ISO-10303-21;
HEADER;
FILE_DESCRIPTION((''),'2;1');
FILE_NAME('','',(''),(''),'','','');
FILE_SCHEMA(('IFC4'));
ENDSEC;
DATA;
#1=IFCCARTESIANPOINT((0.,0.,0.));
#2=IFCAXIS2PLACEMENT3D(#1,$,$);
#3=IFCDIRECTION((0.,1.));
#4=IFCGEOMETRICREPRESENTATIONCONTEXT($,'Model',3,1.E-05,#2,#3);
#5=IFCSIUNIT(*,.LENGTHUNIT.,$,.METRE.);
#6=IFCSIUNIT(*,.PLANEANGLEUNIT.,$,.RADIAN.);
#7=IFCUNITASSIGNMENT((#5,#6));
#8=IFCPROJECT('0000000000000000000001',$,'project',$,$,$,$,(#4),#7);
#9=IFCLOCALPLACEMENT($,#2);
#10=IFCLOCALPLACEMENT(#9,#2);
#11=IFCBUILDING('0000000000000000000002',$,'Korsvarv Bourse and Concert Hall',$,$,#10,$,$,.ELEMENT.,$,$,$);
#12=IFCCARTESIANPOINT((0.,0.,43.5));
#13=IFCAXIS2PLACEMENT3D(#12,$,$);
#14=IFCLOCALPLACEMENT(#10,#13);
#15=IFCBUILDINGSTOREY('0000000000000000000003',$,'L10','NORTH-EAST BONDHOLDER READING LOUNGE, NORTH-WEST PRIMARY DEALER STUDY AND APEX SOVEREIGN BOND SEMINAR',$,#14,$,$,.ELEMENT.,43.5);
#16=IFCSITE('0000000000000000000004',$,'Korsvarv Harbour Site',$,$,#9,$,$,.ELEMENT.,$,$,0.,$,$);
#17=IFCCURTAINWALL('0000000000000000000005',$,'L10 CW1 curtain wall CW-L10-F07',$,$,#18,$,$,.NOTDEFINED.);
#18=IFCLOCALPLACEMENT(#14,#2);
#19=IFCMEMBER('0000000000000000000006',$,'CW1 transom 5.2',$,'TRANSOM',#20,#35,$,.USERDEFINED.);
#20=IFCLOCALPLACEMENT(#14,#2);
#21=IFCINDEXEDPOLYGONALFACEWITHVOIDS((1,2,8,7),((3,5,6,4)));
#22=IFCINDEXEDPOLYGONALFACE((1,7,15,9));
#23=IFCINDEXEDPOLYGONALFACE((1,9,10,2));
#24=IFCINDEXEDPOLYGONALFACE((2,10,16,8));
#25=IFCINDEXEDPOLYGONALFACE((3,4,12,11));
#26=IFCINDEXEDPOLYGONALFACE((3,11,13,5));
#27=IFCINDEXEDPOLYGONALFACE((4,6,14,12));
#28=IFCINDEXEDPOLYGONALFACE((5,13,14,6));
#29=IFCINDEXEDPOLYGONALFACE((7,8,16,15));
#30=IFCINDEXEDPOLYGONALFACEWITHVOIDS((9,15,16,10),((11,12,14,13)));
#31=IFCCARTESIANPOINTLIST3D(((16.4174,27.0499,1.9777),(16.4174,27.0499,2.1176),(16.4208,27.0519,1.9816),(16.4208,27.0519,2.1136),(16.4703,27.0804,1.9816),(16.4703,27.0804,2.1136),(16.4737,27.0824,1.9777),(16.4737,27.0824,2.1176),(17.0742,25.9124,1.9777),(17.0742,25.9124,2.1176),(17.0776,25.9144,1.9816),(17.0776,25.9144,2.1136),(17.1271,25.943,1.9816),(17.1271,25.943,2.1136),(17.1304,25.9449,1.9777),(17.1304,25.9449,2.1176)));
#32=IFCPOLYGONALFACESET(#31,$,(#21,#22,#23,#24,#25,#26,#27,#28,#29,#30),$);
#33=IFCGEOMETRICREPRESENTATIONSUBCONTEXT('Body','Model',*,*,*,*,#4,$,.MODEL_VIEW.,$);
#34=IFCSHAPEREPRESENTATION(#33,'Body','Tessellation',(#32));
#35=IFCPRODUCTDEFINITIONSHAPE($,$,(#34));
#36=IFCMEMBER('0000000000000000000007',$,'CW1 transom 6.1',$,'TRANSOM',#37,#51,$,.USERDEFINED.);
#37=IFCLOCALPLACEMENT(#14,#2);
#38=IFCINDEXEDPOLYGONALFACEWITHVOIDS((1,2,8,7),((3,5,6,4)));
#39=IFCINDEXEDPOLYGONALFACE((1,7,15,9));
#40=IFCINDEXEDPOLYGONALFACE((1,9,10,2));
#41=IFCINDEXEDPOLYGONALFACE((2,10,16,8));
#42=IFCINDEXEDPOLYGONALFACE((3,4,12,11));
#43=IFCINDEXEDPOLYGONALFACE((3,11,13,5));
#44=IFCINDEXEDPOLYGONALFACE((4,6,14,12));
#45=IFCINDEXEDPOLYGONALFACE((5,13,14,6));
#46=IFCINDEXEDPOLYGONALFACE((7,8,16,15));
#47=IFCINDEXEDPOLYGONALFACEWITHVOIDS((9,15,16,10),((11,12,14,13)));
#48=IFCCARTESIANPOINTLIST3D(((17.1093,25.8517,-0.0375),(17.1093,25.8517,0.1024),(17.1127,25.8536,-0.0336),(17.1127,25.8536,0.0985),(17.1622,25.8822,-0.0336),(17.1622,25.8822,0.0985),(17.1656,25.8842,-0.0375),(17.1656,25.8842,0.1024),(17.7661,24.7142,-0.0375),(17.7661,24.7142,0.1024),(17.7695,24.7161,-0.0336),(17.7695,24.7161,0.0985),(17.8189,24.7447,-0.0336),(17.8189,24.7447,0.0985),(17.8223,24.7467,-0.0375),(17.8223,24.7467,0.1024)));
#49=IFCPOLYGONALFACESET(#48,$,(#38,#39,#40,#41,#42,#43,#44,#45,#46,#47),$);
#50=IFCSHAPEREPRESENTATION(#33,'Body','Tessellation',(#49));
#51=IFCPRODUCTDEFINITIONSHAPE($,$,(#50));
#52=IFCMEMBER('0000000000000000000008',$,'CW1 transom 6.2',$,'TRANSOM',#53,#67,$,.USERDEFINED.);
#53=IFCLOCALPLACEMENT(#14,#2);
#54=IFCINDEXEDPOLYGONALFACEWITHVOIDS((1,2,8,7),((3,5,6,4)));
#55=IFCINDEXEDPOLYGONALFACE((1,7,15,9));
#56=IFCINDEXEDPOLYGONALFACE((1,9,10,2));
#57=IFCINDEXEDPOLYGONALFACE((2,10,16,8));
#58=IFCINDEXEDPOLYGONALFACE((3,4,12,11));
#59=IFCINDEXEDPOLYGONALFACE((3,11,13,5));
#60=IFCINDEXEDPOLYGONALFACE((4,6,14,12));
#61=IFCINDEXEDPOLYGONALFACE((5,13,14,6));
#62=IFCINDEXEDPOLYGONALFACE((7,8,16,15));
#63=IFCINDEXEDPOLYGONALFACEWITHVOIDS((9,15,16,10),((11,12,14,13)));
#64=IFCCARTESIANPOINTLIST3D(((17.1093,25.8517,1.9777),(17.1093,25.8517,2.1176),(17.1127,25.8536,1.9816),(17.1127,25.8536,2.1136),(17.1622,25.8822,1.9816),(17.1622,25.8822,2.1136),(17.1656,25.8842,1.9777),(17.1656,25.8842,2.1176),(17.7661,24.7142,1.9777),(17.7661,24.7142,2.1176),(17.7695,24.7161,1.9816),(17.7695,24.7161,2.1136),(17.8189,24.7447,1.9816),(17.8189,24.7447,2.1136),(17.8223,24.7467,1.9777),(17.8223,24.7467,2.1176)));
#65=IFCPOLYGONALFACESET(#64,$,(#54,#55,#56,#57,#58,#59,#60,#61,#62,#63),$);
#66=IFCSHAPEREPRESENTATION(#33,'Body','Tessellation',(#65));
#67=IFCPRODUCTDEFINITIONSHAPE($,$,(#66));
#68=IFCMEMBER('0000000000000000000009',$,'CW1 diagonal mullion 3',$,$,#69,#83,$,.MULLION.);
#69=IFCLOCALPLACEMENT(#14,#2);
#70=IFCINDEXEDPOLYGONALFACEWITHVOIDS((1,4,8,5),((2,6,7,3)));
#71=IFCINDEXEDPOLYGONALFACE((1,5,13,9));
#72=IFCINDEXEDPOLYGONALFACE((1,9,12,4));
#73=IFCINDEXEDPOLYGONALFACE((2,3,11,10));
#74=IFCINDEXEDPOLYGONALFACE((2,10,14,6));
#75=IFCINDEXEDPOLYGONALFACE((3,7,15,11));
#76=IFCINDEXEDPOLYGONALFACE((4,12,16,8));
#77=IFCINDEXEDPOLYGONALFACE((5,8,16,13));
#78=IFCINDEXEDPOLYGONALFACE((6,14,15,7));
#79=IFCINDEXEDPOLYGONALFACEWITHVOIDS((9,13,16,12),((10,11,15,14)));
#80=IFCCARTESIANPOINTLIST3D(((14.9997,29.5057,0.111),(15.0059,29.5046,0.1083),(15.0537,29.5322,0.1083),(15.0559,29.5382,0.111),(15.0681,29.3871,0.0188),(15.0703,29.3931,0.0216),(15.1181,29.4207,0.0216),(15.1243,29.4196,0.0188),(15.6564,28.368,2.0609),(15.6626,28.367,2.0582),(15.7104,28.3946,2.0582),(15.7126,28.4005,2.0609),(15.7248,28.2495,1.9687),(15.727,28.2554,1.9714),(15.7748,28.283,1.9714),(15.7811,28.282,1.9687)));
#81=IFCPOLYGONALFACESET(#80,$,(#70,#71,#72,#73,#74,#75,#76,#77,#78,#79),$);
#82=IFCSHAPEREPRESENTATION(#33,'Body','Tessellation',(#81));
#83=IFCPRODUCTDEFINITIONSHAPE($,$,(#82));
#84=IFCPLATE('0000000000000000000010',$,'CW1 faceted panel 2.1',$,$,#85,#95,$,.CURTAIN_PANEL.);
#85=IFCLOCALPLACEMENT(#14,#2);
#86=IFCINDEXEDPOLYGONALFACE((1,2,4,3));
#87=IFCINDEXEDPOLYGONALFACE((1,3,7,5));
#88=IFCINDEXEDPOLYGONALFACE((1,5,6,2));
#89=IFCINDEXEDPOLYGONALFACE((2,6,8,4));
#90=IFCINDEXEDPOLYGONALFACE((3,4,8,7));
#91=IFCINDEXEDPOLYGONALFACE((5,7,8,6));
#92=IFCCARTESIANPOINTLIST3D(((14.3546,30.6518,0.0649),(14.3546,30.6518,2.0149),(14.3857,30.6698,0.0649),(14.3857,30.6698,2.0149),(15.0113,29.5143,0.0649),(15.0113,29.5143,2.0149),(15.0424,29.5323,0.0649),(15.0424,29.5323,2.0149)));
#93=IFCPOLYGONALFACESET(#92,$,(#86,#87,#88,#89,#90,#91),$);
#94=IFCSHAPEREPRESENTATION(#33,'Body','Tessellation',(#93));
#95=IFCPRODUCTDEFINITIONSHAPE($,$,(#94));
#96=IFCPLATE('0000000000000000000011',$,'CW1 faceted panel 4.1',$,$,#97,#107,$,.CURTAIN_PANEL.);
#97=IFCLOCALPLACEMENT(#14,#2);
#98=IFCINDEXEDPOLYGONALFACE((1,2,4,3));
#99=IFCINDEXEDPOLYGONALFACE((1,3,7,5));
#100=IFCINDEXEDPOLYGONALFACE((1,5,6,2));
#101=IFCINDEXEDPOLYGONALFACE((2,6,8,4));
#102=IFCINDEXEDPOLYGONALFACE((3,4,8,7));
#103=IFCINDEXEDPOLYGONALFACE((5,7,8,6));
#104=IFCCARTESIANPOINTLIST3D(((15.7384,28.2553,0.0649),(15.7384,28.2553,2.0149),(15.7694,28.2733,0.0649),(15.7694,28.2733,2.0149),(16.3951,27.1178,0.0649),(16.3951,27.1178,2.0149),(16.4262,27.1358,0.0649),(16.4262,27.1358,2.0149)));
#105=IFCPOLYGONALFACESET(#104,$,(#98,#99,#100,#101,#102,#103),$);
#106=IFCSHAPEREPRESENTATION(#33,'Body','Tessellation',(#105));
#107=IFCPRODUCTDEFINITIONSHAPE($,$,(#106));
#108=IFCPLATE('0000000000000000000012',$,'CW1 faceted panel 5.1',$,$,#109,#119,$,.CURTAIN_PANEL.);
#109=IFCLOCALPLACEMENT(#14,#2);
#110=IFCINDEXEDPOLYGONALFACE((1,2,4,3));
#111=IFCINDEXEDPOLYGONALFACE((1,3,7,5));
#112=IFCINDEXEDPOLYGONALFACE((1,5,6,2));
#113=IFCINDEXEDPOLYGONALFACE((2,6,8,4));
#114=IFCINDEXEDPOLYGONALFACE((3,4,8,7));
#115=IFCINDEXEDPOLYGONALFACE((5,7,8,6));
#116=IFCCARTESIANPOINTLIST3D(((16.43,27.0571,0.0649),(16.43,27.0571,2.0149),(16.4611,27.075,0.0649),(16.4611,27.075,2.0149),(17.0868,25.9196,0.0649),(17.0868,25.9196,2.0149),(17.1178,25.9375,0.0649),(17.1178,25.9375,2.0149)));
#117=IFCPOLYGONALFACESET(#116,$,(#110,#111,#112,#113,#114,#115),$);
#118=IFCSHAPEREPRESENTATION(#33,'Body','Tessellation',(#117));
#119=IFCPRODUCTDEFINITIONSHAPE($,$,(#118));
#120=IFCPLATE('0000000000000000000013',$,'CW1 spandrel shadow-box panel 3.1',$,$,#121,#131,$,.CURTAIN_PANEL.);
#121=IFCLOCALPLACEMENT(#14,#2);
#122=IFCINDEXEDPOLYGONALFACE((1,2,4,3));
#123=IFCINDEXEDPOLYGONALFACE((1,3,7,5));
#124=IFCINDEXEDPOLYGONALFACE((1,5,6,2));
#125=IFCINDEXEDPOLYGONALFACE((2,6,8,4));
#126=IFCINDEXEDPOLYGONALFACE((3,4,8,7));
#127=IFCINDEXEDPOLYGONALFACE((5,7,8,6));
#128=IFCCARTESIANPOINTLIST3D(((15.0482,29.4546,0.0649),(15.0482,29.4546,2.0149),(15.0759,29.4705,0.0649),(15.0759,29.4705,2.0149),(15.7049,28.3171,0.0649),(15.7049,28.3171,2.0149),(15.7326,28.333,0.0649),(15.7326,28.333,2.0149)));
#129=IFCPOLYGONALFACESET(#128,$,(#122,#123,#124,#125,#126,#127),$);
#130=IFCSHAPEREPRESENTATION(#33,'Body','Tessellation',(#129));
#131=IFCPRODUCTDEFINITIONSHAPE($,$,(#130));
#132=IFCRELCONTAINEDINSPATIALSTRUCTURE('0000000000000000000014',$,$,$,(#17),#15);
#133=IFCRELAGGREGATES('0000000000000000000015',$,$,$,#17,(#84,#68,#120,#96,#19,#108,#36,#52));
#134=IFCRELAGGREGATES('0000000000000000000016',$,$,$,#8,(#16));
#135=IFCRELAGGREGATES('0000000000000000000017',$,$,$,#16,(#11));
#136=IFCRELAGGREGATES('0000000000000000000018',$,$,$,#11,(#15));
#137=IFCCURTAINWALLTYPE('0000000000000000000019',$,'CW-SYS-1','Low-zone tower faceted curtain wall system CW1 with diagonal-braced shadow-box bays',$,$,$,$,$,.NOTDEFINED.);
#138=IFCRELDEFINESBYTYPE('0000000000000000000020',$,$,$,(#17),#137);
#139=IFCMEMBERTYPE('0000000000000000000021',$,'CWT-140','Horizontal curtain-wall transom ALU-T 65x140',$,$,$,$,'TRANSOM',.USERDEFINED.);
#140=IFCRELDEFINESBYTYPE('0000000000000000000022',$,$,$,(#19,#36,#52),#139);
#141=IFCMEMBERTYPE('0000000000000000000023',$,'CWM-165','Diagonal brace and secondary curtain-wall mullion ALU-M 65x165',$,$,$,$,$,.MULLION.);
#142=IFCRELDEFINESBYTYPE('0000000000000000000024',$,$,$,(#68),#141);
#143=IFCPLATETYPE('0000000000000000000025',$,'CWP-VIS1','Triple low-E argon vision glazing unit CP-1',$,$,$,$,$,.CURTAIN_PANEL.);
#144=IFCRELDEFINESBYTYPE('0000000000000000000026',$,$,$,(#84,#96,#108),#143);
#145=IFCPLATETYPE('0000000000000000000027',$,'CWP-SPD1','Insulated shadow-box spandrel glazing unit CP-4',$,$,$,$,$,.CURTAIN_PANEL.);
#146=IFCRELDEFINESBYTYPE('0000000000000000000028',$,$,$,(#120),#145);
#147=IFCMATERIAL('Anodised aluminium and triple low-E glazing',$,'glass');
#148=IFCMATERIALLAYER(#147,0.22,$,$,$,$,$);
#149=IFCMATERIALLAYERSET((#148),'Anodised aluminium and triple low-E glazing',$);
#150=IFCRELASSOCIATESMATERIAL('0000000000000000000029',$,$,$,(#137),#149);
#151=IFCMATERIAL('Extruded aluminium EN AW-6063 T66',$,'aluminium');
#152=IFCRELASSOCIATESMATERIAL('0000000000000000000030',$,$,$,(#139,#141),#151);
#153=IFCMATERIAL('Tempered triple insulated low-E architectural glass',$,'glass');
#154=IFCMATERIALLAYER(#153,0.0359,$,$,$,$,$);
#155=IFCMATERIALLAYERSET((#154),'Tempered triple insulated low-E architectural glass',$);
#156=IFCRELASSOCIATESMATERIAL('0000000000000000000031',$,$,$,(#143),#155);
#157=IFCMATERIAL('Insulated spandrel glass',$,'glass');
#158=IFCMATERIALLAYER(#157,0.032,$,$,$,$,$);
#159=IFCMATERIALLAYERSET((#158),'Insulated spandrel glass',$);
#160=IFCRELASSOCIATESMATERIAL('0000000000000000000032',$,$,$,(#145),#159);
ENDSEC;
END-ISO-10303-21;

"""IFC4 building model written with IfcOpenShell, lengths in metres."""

from ifc_helpers import new_model, si_unit, direction, frame, origin, origin_2d, place, context, subcontext, project, spatial, rectangle, hollow_rectangle, extrude, source, transform, mapped, material, layer, layer_set, material_profile, profile_set, type_object, element, aggregate, save


model = new_model("IFC4")

# Units and contexts
model_context = context("Model", 3, precision=1e-05, world=origin(), true_north=direction((0.0, 1.0)))
body_context = subcontext(model_context, "Body", "Model", "MODEL_VIEW")
ifc_project = project(units=[si_unit("LENGTHUNIT", "METRE"), si_unit("PLANEANGLEUNIT", "RADIAN")], contexts=[model_context])

# Site, building, storey
site_placement = place(None, origin())
site = spatial("IfcSite", under=ifc_project, at=site_placement, Name="Korsvarv Harbour Site", CompositionType="ELEMENT", RefElevation=0.0)
building_placement = place(site_placement, origin())
building = spatial("IfcBuilding", under=site, at=building_placement, Name="Korsvarv Bourse and Concert Hall", CompositionType="ELEMENT")
storey_placement = place(building_placement, frame((0.0, 0.0, 43.5)))
storey = spatial("IfcBuildingStorey", under=building, at=storey_placement, Name="L10", Description="NORTH-EAST BONDHOLDER READING LOUNGE, NORTH-WEST PRIMARY DEALER STUDY AND APEX SOVEREIGN BOND SEMINAR", CompositionType="ELEMENT", Elevation=43.5)

# Curtain wall, members, plates
ifc_material_1 = material(Name="Anodised aluminium and triple low-E glazing", Category="glass")
ifc_layer_1 = layer(ifc_material_1, 0.22)
ifc_layer_set_1 = layer_set([ifc_layer_1], Name="Anodised aluminium and triple low-E glazing")
curtain_wall_type = type_object("IfcCurtainWallType", Name="CW-SYS-1", Description="Low-zone tower faceted curtain wall system CW1 with diagonal-braced shadow-box bays", PredefinedType="NOTDEFINED", material=ifc_layer_set_1)
curtain_wall_placement = place(storey_placement, origin())
curtain_wall = element("IfcCurtainWall", 1, at=curtain_wall_placement, inside=storey, type_object=curtain_wall_type, Name="L10 CW1 curtain wall CW-L10-F07", PredefinedType="NOTDEFINED")
ifc_material_2 = material(Name="Extruded aluminium EN AW-6063 T66", Category="aluminium")
ifc_material_profile_1 = material_profile(ifc_material_2, hollow_rectangle(XDim=0.0649, YDim=0.1399, WallThickness=0.0039, at=origin_2d()), Name="ALU-T 65x140")
ifc_profile_set_1 = profile_set([ifc_material_profile_1], Name="Extruded aluminium EN AW-6063 T66")
member_type_1 = type_object("IfcMemberType", Name="CWT-140", Description="Horizontal curtain-wall transom ALU-T 65x140", ElementType="TRANSOM", PredefinedType="USERDEFINED", material=ifc_profile_set_1)
shared_shape_1 = source(origin(), body_context, "Body", "SweptSolid", [
    extrude(hollow_rectangle(XDim=0.0649, YDim=0.1399, WallThickness=0.0039, at=origin_2d()), origin(), (0.0, 0.0, 1.0), 1.3135),
])
member_1_placement = place(storey_placement, frame((16.4456, 27.0662, 2.0476), z_axis=(0.500017, -0.866015, 0.0), x_axis=(0.866015, 0.500017, 0.0)))
member_1 = element("IfcMember", 2, at=member_1_placement, type_object=member_type_1, Name="CW1 transom 5.2", ObjectType="TRANSOM", PredefinedType="USERDEFINED", context=body_context, shape_type="MappedRepresentation", body=[
    mapped(shared_shape_1, transform((0.0, 0.0, 0.0), scale=1.0)),
])
member_2_placement = place(storey_placement, frame((17.1375, 25.8679, 0.0325), z_axis=(0.500017, -0.866015, 0.0), x_axis=(0.866015, 0.500017, 0.0)))
member_2 = element("IfcMember", 3, at=member_2_placement, type_object=member_type_1, Name="CW1 transom 6.1", ObjectType="TRANSOM", PredefinedType="USERDEFINED", context=body_context, shape_type="MappedRepresentation", body=[
    mapped(shared_shape_1, transform((0.0, 0.0, 0.0), scale=1.0)),
])
member_3_placement = place(storey_placement, frame((17.1375, 25.8679, 2.0476), z_axis=(0.500017, -0.866015, 0.0), x_axis=(0.866015, 0.500017, 0.0)))
member_3 = element("IfcMember", 4, at=member_3_placement, type_object=member_type_1, Name="CW1 transom 6.2", ObjectType="TRANSOM", PredefinedType="USERDEFINED", context=body_context, shape_type="MappedRepresentation", body=[
    mapped(shared_shape_1, transform((0.0, 0.0, 0.0), scale=1.0)),
])
ifc_material_profile_2 = material_profile(ifc_material_2, hollow_rectangle(XDim=0.0649, YDim=0.165, WallThickness=0.0049, at=origin_2d()), Name="ALU-M 65x165")
ifc_profile_set_2 = profile_set([ifc_material_profile_2], Name="Extruded aluminium EN AW-6063 T66")
member_type_2 = type_object("IfcMemberType", Name="CWM-165", Description="Diagonal brace and secondary curtain-wall mullion ALU-M 65x165", PredefinedType="MULLION", material=ifc_profile_set_2)
shared_shape_2 = source(origin(), body_context, "Body", "SweptSolid", [
    extrude(hollow_rectangle(XDim=0.0649, YDim=0.165, WallThickness=0.0049, at=origin_2d()), origin(), (0.0, 0.0, 1.0), 2.3511),
])
member_4_placement = place(storey_placement, frame((15.062, 29.4626, 0.0649), z_axis=(0.279325, -0.483886, 0.829356), x_axis=(0.866062, 0.499937, 0.0)))
member_4 = element("IfcMember", 5, at=member_4_placement, type_object=member_type_2, Name="CW1 diagonal mullion 3", PredefinedType="MULLION", context=body_context, shape_type="MappedRepresentation", body=[
    mapped(shared_shape_2, transform((0.0, 0.0, 0.0), scale=1.0)),
])
ifc_material_3 = material(Name="Tempered triple insulated low-E architectural glass", Category="glass")
ifc_layer_2 = layer(ifc_material_3, 0.0359)
ifc_layer_set_2 = layer_set([ifc_layer_2], Name="Tempered triple insulated low-E architectural glass")
plate_type_1 = type_object("IfcPlateType", Name="CWP-VIS1", Description="Triple low-E argon vision glazing unit CP-1", PredefinedType="CURTAIN_PANEL", material=ifc_layer_set_2)
shared_shape_3 = source(origin(), body_context, "Body", "SweptSolid", [
    extrude(rectangle(XDim=1.3135, YDim=0.0359, at=origin_2d()), origin(), (0.0, 0.0, 1.0), 1.95),
])
plate_1_placement = place(storey_placement, frame((14.6985, 30.092, 0.0649), z_axis=(0.0, 0.0, 1.0), x_axis=(0.5, -0.866026, 0.0)))
plate_1 = element("IfcPlate", 6, at=plate_1_placement, type_object=plate_type_1, Name="CW1 faceted panel 2.1", PredefinedType="CURTAIN_PANEL", context=body_context, shape_type="MappedRepresentation", body=[
    mapped(shared_shape_3, transform((0.0, 0.0, 0.0), scale=1.0)),
])
plate_2_placement = place(storey_placement, frame((16.0823, 27.6956, 0.0649), z_axis=(0.0, 0.0, 1.0), x_axis=(0.5, -0.866026, 0.0)))
plate_2 = element("IfcPlate", 7, at=plate_2_placement, type_object=plate_type_1, Name="CW1 faceted panel 4.1", PredefinedType="CURTAIN_PANEL", context=body_context, shape_type="MappedRepresentation", body=[
    mapped(shared_shape_3, transform((0.0, 0.0, 0.0), scale=1.0)),
])
plate_3_placement = place(storey_placement, frame((16.7739, 26.4973, 0.0649), z_axis=(0.0, 0.0, 1.0), x_axis=(0.5, -0.866026, 0.0)))
plate_3 = element("IfcPlate", 8, at=plate_3_placement, type_object=plate_type_1, Name="CW1 faceted panel 5.1", PredefinedType="CURTAIN_PANEL", context=body_context, shape_type="MappedRepresentation", body=[
    mapped(shared_shape_3, transform((0.0, 0.0, 0.0), scale=1.0)),
])
ifc_material_4 = material(Name="Insulated spandrel glass", Category="glass")
ifc_layer_3 = layer(ifc_material_4, 0.032)
ifc_layer_set_3 = layer_set([ifc_layer_3], Name="Insulated spandrel glass")
plate_type_2 = type_object("IfcPlateType", Name="CWP-SPD1", Description="Insulated shadow-box spandrel glazing unit CP-4", PredefinedType="CURTAIN_PANEL", material=ifc_layer_set_3)
shared_shape_4 = source(origin(), body_context, "Body", "SweptSolid", [
    extrude(rectangle(XDim=1.3135, YDim=0.032, at=origin_2d()), origin(), (0.0, 0.0, 1.0), 1.95),
])
plate_4_placement = place(storey_placement, frame((15.3904, 28.8938, 0.0649), z_axis=(0.0, 0.0, 1.0), x_axis=(0.5, -0.866026, 0.0)))
plate_4 = element("IfcPlate", 9, at=plate_4_placement, type_object=plate_type_2, Name="CW1 spandrel shadow-box panel 3.1", PredefinedType="CURTAIN_PANEL", context=body_context, shape_type="MappedRepresentation", body=[
    mapped(shared_shape_4, transform((0.0, 0.0, 0.0), scale=1.0)),
])
aggregate(curtain_wall, [plate_1, member_4, plate_4, plate_2, member_1, plate_3, member_2, member_3])

save(model, "model.ifc")
